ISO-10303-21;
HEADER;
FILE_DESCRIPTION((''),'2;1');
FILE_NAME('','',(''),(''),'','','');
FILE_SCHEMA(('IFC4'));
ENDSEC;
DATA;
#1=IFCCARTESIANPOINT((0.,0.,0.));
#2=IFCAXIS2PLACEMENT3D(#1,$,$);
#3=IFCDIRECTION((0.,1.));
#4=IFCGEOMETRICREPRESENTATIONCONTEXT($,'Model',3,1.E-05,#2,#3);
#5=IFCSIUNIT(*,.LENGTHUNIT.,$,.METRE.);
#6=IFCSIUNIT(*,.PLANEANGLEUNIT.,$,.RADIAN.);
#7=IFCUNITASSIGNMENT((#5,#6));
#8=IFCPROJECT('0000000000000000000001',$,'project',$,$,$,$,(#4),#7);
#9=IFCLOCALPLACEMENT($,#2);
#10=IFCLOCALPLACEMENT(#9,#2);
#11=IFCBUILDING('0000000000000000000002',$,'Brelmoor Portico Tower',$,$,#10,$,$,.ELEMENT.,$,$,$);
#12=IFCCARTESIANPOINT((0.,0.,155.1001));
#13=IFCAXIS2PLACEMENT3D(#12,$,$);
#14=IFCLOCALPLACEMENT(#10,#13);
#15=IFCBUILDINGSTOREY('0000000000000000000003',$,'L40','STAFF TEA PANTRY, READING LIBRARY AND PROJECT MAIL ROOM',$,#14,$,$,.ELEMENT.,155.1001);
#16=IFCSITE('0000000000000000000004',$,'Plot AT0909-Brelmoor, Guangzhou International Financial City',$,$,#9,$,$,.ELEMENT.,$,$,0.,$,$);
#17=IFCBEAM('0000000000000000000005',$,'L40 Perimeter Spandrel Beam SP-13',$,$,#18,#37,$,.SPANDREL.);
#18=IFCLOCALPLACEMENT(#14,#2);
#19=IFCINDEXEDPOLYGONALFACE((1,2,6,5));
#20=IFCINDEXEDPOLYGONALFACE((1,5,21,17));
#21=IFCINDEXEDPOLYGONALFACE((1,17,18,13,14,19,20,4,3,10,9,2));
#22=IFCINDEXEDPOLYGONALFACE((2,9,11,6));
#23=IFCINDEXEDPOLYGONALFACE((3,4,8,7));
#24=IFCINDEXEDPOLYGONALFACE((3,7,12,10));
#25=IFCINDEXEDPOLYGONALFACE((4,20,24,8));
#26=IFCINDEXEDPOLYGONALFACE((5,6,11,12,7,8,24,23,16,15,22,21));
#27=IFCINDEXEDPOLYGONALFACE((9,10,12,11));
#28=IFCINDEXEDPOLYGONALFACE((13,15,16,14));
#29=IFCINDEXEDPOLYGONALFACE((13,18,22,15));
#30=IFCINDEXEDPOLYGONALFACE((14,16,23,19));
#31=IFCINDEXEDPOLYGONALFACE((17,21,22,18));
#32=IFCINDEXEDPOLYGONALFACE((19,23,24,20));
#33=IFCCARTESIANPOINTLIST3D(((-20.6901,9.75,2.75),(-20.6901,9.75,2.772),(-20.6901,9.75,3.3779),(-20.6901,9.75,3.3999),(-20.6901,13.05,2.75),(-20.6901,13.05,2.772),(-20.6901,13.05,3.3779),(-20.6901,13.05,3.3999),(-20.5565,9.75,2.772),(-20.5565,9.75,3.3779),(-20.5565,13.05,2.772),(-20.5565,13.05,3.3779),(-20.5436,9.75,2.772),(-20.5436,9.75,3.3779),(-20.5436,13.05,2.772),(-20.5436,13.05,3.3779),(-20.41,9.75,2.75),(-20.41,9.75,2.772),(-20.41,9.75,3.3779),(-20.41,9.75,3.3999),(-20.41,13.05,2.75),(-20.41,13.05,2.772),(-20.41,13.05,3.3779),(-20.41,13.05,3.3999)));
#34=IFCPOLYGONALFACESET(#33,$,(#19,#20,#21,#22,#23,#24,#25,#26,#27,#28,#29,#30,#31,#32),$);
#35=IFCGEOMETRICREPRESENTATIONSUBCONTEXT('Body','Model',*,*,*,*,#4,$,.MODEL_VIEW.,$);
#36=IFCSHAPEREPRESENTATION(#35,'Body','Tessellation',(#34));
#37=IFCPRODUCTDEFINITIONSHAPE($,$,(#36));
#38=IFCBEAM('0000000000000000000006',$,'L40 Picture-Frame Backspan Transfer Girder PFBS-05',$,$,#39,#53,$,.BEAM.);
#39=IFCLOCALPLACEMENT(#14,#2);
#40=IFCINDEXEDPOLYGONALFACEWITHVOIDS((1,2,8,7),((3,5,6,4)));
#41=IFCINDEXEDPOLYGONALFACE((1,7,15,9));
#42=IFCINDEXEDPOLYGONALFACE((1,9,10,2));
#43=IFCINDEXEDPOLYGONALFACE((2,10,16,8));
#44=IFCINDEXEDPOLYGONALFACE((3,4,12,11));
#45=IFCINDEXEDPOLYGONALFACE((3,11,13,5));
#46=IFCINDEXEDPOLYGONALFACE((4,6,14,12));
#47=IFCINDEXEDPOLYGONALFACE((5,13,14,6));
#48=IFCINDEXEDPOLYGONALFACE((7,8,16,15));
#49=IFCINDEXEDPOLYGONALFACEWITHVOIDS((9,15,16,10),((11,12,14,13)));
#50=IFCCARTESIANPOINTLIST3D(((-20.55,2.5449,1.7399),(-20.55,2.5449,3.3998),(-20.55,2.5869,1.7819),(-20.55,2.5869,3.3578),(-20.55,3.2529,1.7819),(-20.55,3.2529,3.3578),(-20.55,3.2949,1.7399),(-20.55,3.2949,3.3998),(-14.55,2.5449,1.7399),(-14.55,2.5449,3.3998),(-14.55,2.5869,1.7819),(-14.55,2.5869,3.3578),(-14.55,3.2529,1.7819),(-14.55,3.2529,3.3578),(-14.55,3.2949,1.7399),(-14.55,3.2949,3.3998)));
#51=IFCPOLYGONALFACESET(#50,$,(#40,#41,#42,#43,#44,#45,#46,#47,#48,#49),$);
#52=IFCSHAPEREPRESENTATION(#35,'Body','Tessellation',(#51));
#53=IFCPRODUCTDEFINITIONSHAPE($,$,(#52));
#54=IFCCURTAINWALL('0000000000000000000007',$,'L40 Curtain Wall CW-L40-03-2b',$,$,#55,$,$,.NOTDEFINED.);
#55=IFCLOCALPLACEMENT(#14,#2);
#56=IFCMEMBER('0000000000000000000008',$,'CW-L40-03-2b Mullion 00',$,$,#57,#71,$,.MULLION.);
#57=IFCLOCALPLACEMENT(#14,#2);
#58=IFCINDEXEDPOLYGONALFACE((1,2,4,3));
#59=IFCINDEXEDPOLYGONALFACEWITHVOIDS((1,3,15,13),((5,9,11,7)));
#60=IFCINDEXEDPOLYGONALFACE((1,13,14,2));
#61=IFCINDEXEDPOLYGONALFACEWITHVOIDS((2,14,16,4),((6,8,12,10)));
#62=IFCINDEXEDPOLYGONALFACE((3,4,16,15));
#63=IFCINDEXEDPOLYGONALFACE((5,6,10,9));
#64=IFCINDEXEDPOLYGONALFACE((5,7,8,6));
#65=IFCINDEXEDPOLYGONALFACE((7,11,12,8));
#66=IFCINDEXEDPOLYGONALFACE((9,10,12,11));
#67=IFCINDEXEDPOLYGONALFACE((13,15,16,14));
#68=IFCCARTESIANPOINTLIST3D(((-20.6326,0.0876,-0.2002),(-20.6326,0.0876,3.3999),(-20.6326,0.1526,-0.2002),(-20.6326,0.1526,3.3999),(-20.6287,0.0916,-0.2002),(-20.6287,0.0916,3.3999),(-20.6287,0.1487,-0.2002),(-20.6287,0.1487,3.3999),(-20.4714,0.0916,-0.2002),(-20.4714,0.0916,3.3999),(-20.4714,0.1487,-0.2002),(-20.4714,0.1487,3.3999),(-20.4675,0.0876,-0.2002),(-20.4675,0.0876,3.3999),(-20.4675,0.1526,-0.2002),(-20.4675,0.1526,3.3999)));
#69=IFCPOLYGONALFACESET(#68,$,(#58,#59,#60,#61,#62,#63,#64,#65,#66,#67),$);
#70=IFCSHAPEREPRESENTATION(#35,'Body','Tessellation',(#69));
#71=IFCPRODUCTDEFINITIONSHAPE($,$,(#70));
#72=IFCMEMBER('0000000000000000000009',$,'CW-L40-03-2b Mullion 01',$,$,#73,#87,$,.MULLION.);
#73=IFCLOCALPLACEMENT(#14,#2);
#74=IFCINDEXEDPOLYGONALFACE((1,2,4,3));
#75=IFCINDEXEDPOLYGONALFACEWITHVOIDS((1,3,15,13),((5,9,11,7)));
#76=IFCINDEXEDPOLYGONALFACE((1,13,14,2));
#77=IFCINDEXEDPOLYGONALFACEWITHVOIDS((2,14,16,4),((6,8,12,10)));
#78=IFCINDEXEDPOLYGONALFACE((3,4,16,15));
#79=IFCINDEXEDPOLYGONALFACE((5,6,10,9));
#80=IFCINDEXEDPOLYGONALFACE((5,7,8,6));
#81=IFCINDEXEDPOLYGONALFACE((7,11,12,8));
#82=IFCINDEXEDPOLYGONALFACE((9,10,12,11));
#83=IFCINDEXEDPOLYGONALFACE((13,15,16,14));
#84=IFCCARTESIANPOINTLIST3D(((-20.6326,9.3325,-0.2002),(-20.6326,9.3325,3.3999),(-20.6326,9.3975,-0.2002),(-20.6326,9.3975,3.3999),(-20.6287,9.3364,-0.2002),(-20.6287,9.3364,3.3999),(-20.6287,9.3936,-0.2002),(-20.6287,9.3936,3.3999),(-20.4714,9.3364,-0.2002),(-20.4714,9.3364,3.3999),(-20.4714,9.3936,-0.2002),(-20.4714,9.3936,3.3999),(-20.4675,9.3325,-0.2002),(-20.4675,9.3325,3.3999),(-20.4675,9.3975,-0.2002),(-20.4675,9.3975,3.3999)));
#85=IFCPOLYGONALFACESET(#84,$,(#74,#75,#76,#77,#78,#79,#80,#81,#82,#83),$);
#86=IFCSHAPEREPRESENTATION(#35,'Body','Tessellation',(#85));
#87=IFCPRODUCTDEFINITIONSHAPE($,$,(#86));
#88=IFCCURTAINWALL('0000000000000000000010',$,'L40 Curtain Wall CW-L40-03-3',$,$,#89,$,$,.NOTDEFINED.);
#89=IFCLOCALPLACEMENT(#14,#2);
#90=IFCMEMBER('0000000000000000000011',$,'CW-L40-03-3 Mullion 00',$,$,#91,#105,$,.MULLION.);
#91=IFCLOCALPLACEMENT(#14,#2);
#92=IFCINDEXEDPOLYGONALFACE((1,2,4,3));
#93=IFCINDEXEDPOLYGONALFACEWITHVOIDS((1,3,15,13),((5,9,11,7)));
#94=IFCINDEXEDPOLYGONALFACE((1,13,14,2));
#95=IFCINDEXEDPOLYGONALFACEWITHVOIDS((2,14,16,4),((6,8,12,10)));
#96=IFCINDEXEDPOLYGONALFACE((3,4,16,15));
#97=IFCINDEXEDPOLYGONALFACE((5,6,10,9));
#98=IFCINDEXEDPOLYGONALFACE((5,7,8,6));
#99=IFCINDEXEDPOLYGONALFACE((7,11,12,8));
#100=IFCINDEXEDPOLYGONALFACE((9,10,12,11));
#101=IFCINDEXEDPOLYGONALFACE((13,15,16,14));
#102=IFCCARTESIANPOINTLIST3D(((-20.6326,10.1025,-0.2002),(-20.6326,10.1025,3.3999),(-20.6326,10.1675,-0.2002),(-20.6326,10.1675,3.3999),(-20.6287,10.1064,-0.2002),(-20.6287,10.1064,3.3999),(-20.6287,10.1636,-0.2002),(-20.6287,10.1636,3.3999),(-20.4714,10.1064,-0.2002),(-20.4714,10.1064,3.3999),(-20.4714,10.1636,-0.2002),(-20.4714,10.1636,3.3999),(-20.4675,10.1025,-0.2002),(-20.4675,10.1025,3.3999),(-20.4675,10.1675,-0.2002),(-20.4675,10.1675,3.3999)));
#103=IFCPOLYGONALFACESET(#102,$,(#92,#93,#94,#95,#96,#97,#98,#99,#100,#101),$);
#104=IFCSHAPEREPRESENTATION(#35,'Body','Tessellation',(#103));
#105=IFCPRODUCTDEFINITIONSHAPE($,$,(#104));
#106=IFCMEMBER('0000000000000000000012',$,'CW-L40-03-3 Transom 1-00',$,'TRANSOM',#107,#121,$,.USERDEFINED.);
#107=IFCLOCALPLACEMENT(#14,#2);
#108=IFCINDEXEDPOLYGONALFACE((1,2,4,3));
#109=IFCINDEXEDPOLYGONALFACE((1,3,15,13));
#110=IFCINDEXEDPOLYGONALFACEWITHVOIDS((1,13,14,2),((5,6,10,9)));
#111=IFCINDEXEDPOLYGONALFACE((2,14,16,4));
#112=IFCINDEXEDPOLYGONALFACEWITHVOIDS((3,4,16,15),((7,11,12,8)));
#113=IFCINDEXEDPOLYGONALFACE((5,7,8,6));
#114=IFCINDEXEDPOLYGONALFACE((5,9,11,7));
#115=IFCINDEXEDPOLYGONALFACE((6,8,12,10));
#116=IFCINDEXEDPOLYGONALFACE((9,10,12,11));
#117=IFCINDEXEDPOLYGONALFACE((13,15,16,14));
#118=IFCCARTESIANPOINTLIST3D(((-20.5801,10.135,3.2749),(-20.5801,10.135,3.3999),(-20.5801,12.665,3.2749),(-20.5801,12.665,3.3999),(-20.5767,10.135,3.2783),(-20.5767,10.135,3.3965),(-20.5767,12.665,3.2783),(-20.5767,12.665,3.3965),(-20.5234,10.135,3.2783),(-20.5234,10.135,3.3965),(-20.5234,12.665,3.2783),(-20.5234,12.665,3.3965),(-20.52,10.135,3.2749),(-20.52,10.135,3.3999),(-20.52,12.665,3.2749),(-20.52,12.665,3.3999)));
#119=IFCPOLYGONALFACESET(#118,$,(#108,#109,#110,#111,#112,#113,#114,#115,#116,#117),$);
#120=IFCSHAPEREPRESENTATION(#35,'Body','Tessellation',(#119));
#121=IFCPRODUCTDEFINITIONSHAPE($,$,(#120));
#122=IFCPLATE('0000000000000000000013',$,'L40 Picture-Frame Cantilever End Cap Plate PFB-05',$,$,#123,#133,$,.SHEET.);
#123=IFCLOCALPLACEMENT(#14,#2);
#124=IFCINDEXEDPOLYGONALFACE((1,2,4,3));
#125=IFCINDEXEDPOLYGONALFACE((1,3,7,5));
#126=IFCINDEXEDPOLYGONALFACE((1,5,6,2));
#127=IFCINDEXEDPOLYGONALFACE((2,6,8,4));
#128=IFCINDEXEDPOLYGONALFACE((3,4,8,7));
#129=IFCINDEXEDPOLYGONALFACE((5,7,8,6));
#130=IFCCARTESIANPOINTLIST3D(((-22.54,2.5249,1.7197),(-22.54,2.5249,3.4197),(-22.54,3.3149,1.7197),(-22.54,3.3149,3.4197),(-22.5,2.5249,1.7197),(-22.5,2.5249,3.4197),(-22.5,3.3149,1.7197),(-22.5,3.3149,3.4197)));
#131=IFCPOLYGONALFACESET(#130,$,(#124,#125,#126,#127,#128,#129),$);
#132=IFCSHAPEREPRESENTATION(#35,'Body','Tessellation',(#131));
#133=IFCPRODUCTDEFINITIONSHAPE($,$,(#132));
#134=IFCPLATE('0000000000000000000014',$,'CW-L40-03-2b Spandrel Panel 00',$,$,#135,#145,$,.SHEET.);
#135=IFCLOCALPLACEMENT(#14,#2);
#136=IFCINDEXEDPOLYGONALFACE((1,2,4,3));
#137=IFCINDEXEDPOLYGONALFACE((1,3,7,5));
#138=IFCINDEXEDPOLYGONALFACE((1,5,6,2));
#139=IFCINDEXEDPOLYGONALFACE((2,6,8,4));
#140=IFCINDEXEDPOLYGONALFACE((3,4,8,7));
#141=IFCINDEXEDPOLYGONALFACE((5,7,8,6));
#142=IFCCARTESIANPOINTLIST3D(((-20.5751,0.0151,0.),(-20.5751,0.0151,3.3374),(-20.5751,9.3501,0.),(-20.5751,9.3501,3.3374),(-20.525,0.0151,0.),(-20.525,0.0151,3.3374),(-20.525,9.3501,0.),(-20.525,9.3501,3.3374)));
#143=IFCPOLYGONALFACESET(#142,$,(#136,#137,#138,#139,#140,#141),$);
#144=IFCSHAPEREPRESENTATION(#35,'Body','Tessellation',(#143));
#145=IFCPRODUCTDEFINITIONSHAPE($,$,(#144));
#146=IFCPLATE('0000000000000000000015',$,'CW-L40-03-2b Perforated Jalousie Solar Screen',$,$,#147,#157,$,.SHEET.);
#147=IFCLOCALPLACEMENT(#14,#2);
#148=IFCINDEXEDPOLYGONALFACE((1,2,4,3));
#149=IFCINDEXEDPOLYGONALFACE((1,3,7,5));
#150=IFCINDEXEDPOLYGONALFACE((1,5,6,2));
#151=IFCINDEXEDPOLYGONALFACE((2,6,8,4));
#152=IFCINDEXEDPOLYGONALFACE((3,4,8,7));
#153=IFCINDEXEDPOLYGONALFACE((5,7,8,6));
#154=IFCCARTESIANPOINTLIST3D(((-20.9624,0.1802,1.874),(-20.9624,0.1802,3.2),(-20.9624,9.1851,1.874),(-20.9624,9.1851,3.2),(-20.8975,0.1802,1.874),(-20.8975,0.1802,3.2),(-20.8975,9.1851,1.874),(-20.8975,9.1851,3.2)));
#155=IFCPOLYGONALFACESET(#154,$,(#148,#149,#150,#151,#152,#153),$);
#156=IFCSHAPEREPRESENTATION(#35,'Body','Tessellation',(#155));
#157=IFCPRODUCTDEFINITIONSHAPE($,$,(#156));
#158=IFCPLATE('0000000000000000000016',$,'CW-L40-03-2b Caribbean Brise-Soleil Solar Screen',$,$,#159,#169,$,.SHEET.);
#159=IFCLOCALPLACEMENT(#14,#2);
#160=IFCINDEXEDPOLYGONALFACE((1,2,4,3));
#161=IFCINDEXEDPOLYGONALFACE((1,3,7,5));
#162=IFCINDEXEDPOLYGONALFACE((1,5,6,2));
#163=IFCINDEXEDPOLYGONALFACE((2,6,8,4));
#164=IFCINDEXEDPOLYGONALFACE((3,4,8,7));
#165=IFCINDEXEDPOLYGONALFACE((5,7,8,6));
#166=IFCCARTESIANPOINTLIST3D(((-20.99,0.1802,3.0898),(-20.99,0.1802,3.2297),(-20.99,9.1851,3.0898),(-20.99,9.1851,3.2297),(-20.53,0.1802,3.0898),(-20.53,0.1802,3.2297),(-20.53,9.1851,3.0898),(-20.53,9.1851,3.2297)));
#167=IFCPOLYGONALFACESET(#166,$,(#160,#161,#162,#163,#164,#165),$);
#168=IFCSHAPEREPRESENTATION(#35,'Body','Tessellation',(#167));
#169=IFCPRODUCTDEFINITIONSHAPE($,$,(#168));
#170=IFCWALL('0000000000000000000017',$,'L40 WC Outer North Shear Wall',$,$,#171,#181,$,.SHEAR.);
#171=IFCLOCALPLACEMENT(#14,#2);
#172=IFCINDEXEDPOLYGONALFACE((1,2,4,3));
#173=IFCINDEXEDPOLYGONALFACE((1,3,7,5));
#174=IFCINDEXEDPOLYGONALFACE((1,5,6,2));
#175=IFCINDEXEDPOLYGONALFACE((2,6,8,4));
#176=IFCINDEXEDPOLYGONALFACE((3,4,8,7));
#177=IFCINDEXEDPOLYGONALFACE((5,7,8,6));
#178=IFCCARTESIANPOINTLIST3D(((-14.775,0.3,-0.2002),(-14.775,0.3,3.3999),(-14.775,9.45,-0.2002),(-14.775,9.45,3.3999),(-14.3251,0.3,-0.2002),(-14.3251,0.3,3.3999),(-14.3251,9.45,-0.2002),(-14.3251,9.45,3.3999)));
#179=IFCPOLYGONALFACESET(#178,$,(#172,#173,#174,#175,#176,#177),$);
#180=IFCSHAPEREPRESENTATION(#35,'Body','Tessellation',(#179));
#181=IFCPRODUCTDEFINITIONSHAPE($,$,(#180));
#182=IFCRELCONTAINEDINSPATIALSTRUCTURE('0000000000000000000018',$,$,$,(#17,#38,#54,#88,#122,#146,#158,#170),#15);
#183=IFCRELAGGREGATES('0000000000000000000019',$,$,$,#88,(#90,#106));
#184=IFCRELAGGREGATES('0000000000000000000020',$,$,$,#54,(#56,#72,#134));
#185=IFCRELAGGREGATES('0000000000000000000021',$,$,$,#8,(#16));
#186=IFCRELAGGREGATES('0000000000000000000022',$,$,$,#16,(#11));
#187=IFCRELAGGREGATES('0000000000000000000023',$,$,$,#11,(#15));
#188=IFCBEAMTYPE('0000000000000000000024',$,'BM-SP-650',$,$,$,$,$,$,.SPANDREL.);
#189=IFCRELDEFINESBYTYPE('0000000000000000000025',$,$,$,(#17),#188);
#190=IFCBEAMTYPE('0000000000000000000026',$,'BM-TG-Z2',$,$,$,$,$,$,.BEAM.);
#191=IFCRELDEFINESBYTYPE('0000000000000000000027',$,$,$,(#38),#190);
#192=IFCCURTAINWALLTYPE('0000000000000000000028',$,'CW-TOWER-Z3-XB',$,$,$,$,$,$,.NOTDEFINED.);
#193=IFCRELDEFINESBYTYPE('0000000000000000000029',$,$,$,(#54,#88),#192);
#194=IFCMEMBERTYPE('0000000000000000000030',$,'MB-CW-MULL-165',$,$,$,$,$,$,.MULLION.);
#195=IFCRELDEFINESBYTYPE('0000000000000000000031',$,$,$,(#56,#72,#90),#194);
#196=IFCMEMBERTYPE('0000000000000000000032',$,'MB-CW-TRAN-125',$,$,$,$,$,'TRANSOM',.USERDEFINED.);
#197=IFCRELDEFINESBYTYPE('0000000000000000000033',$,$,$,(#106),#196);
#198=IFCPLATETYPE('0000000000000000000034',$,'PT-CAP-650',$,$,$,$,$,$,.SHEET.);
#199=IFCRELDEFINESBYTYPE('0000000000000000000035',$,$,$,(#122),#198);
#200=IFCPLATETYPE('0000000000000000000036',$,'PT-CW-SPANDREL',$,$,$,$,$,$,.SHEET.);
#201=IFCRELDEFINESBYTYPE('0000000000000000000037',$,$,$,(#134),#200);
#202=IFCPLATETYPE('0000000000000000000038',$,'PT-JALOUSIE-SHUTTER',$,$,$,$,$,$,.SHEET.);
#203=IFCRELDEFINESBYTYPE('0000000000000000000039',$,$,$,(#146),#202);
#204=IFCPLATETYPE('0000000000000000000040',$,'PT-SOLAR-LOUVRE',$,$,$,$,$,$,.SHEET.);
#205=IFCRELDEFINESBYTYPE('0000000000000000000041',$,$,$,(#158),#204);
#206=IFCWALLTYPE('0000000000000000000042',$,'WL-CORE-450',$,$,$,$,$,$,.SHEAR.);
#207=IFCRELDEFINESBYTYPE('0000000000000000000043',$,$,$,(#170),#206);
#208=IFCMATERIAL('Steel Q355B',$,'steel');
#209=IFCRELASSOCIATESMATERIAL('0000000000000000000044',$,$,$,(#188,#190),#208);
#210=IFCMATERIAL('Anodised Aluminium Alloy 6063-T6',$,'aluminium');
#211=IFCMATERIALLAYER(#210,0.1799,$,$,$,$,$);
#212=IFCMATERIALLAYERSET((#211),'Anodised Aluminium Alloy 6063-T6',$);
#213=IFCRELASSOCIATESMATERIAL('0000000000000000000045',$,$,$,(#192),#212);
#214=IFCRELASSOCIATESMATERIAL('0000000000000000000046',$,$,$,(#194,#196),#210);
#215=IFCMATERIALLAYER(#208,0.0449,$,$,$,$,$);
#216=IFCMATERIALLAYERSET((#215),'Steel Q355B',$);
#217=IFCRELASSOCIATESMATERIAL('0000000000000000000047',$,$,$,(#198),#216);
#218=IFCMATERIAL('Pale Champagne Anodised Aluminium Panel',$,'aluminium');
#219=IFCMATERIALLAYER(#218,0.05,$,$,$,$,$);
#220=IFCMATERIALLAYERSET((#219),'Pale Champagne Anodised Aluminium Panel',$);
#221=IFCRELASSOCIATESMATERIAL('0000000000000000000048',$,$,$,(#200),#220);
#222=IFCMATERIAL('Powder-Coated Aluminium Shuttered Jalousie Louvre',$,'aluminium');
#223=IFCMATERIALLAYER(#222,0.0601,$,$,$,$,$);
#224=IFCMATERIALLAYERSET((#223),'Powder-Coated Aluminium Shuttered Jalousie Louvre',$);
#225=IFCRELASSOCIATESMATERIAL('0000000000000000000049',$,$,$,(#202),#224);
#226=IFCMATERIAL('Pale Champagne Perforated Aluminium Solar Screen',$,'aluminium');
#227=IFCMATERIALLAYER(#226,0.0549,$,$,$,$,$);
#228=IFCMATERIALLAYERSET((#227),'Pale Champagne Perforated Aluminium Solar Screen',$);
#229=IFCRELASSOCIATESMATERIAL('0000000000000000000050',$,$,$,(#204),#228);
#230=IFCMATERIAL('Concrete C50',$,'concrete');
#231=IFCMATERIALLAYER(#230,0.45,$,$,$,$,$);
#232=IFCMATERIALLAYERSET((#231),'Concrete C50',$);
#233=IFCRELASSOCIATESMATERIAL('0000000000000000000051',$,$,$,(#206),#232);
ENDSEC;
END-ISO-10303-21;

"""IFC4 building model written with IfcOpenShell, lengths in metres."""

from ifc_helpers import new_model, si_unit, direction, frame, frame_2d, origin, origin_2d, place, context, subcontext, project, spatial, rectangle, hollow_rectangle, i_section, extrude, material, layer, layer_set, material_profile, profile_set, type_object, element, aggregate, save


model = new_model("IFC4")

# Units and contexts
model_context = context("Model", 3, precision=1e-05, world=origin(), true_north=direction((0.0, 1.0)))
body_context = subcontext(model_context, "Body", "Model", "MODEL_VIEW")
ifc_project = project(units=[si_unit("LENGTHUNIT", "METRE"), si_unit("PLANEANGLEUNIT", "RADIAN")], contexts=[model_context])

# Site, building, storey
site_placement = place(None, origin())
site = spatial("IfcSite", under=ifc_project, at=site_placement, Name="Plot AT0909-Brelmoor, Guangzhou International Financial City", CompositionType="ELEMENT", RefElevation=0.0)
building_placement = place(site_placement, origin())
building = spatial("IfcBuilding", under=site, at=building_placement, Name="Brelmoor Portico Tower", CompositionType="ELEMENT")
storey_placement = place(building_placement, frame((0.0, 0.0, 155.1001)))
storey = spatial("IfcBuildingStorey", under=building, at=storey_placement, Name="L40", Description="STAFF TEA PANTRY, READING LIBRARY AND PROJECT MAIL ROOM", CompositionType="ELEMENT", Elevation=155.1001)

# Shared definitions
ifc_material_1 = material(Name="Steel Q355B", Category="steel")

# Beams
ifc_material_profile_1 = material_profile(ifc_material_1, i_section(OverallWidth=0.28, OverallDepth=0.6499, WebThickness=0.0129, FlangeThickness=0.022, at=origin_2d()), Name="HN 650x280x13x22")
ifc_profile_set_1 = profile_set([ifc_material_profile_1], Name="Steel Q355B")
beam_type_1 = type_object("IfcBeamType", Name="BM-SP-650", PredefinedType="SPANDREL", material=ifc_profile_set_1)
beam_1_placement = place(storey_placement, frame((-20.55, 9.75, 3.075), z_axis=(0.0, 1.0, 0.0), x_axis=(-1.0, 0.0, 0.0)))
element("IfcBeam", 1, at=beam_1_placement, inside=storey, type_object=beam_type_1, Name="L40 Perimeter Spandrel Beam SP-13", PredefinedType="SPANDREL", context=body_context, shape_type="SweptSolid", body=[
    extrude(i_section(OverallWidth=0.28, OverallDepth=0.6499, WebThickness=0.0129, FlangeThickness=0.022, at=origin_2d()), origin(), (0.0, 0.0, 1.0), 3.3),
])
ifc_material_profile_2 = material_profile(ifc_material_1, hollow_rectangle(XDim=0.75, YDim=1.6599, WallThickness=0.042, at=origin_2d()), Name="BOX 750x1660x42")
ifc_profile_set_2 = profile_set([ifc_material_profile_2], Name="Steel Q355B")
beam_type_2 = type_object("IfcBeamType", Name="BM-TG-Z2", PredefinedType="BEAM", material=ifc_profile_set_2)
beam_2_placement = place(storey_placement, frame((-20.55, 2.9199, 2.5698), z_axis=(1.0, 0.0, 0.0), x_axis=(0.0, 1.0, 0.0)))
element("IfcBeam", 2, at=beam_2_placement, inside=storey, type_object=beam_type_2, Name="L40 Picture-Frame Backspan Transfer Girder PFBS-05", PredefinedType="BEAM", context=body_context, shape_type="SweptSolid", body=[
    extrude(hollow_rectangle(XDim=0.75, YDim=1.6599, WallThickness=0.042, at=origin_2d()), origin(), (0.0, 0.0, 1.0), 6.0),
])

# Curtain walls, members
ifc_material_2 = material(Name="Anodised Aluminium Alloy 6063-T6", Category="aluminium")
ifc_layer_1 = layer(ifc_material_2, 0.1799)
ifc_layer_set_1 = layer_set([ifc_layer_1], Name="Anodised Aluminium Alloy 6063-T6")
curtain_wall_type = type_object("IfcCurtainWallType", Name="CW-TOWER-Z3-XB", PredefinedType="NOTDEFINED", material=ifc_layer_set_1)
curtain_wall_1_placement = place(storey_placement, origin())
curtain_wall_1 = element("IfcCurtainWall", 3, at=curtain_wall_1_placement, inside=storey, type_object=curtain_wall_type, Name="L40 Curtain Wall CW-L40-03-2b", PredefinedType="NOTDEFINED")
ifc_material_profile_3 = material_profile(ifc_material_2, hollow_rectangle(XDim=0.0649, YDim=0.165, WallThickness=0.0039, at=origin_2d()), Name="ALU MULLION 65x165")
ifc_profile_set_3 = profile_set([ifc_material_profile_3], Name="Anodised Aluminium Alloy 6063-T6")
member_type_1 = type_object("IfcMemberType", Name="MB-CW-MULL-165", PredefinedType="MULLION", material=ifc_profile_set_3)
member_1_placement = place(storey_placement, frame((-20.55, 0.1201, -0.2002), z_axis=(0.0, 0.0, 1.0), x_axis=(0.0, 1.0, 0.0)))
member_1 = element("IfcMember", 4, at=member_1_placement, type_object=member_type_1, Name="CW-L40-03-2b Mullion 00", PredefinedType="MULLION", context=body_context, shape_type="SweptSolid", body=[
    extrude(hollow_rectangle(XDim=0.0649, YDim=0.165, WallThickness=0.0039, at=origin_2d()), origin(), (0.0, 0.0, 1.0), 3.6001),
])
member_2_placement = place(storey_placement, frame((-20.55, 9.365, -0.2002), z_axis=(0.0, 0.0, 1.0), x_axis=(0.0, 1.0, 0.0)))
member_2 = element("IfcMember", 5, at=member_2_placement, type_object=member_type_1, Name="CW-L40-03-2b Mullion 01", PredefinedType="MULLION", context=body_context, shape_type="SweptSolid", body=[
    extrude(hollow_rectangle(XDim=0.0649, YDim=0.165, WallThickness=0.0039, at=origin_2d()), origin(), (0.0, 0.0, 1.0), 3.6001),
])
curtain_wall_2_placement = place(storey_placement, origin())
curtain_wall_2 = element("IfcCurtainWall", 6, at=curtain_wall_2_placement, inside=storey, type_object=curtain_wall_type, Name="L40 Curtain Wall CW-L40-03-3", PredefinedType="NOTDEFINED")
member_3_placement = place(storey_placement, frame((-20.55, 10.135, -0.2002), z_axis=(0.0, 0.0, 1.0), x_axis=(0.0, 1.0, 0.0)))
member_3 = element("IfcMember", 7, at=member_3_placement, type_object=member_type_1, Name="CW-L40-03-3 Mullion 00", PredefinedType="MULLION", context=body_context, shape_type="SweptSolid", body=[
    extrude(hollow_rectangle(XDim=0.0649, YDim=0.165, WallThickness=0.0039, at=origin_2d()), origin(), (0.0, 0.0, 1.0), 3.6001),
])
ifc_material_profile_4 = material_profile(ifc_material_2, hollow_rectangle(XDim=0.0601, YDim=0.125, WallThickness=0.0034, at=origin_2d()), Name="ALU TRANSOM 60x125")
ifc_profile_set_4 = profile_set([ifc_material_profile_4], Name="Anodised Aluminium Alloy 6063-T6")
member_type_2 = type_object("IfcMemberType", Name="MB-CW-TRAN-125", ElementType="TRANSOM", PredefinedType="USERDEFINED", material=ifc_profile_set_4)
member_4_placement = place(storey_placement, frame((-20.55, 10.135, 3.3374), z_axis=(0.0, 1.0, 0.0), x_axis=(-1.0, 0.0, 0.0)))
member_4 = element("IfcMember", 8, at=member_4_placement, type_object=member_type_2, Name="CW-L40-03-3 Transom 1-00", ObjectType="TRANSOM", PredefinedType="USERDEFINED", context=body_context, shape_type="SweptSolid", body=[
    extrude(hollow_rectangle(XDim=0.0601, YDim=0.125, WallThickness=0.0034, at=origin_2d()), origin(), (0.0, 0.0, 1.0), 2.53),
])
aggregate(curtain_wall_2, [member_3, member_4])

# Plates
ifc_layer_2 = layer(ifc_material_1, 0.0449)
ifc_layer_set_2 = layer_set([ifc_layer_2], Name="Steel Q355B")
plate_type_1 = type_object("IfcPlateType", Name="PT-CAP-650", PredefinedType="SHEET", material=ifc_layer_set_2)
plate_1_placement = place(storey_placement, frame((-22.52, 2.9199, 1.7197), z_axis=(0.0, 0.0, 1.0), x_axis=(1.0, 0.0, 0.0)))
element("IfcPlate", 9, at=plate_1_placement, inside=storey, type_object=plate_type_1, Name="L40 Picture-Frame Cantilever End Cap Plate PFB-05", PredefinedType="SHEET", context=body_context, shape_type="SweptSolid", body=[
    extrude(rectangle(XDim=0.04, YDim=0.79, at=origin_2d()), origin(), (0.0, 0.0, 1.0), 1.7),
])
ifc_material_3 = material(Name="Pale Champagne Anodised Aluminium Panel", Category="aluminium")
ifc_layer_3 = layer(ifc_material_3, 0.05)
ifc_layer_set_3 = layer_set([ifc_layer_3], Name="Pale Champagne Anodised Aluminium Panel")
plate_type_2 = type_object("IfcPlateType", Name="PT-CW-SPANDREL", PredefinedType="SHEET", material=ifc_layer_set_3)
plate_2_placement = place(storey_placement, frame((-20.55, 4.6826, 0.0), z_axis=(0.0, 0.0, 1.0), x_axis=(0.0, 1.0, 0.0)))
plate_2 = element("IfcPlate", 10, at=plate_2_placement, type_object=plate_type_2, Name="CW-L40-03-2b Spandrel Panel 00", PredefinedType="SHEET", context=body_context, shape_type="SweptSolid", body=[
    extrude(rectangle(XDim=9.335, YDim=0.05, at=origin_2d()), origin(), (0.0, 0.0, 1.0), 3.3374),
])
aggregate(curtain_wall_1, [member_1, member_2, plate_2])

# Plates
ifc_material_4 = material(Name="Powder-Coated Aluminium Shuttered Jalousie Louvre", Category="aluminium")
ifc_layer_4 = layer(ifc_material_4, 0.0601)
ifc_layer_set_4 = layer_set([ifc_layer_4], Name="Powder-Coated Aluminium Shuttered Jalousie Louvre")
plate_type_3 = type_object("IfcPlateType", Name="PT-JALOUSIE-SHUTTER", PredefinedType="SHEET", material=ifc_layer_set_4)
plate_3_placement = place(storey_placement, frame((-20.9299, 4.6826, 1.874), z_axis=(0.0, 0.0, 1.0), x_axis=(0.0, 1.0, 0.0)))
element("IfcPlate", 11, at=plate_3_placement, inside=storey, type_object=plate_type_3, Name="CW-L40-03-2b Perforated Jalousie Solar Screen", PredefinedType="SHEET", context=body_context, shape_type="SweptSolid", body=[
    extrude(rectangle(XDim=9.0049, YDim=0.0649, at=origin_2d()), origin(), (0.0, 0.0, 1.0), 1.3259),
])
ifc_material_5 = material(Name="Pale Champagne Perforated Aluminium Solar Screen", Category="aluminium")
ifc_layer_5 = layer(ifc_material_5, 0.0549)
ifc_layer_set_5 = layer_set([ifc_layer_5], Name="Pale Champagne Perforated Aluminium Solar Screen")
plate_type_4 = type_object("IfcPlateType", Name="PT-SOLAR-LOUVRE", PredefinedType="SHEET", material=ifc_layer_set_5)
plate_4_placement = place(storey_placement, frame((-20.76, 4.6826, 3.0898), z_axis=(0.0, 0.0, 1.0), x_axis=(0.0, 1.0, 0.0)))
element("IfcPlate", 12, at=plate_4_placement, inside=storey, type_object=plate_type_4, Name="CW-L40-03-2b Caribbean Brise-Soleil Solar Screen", PredefinedType="SHEET", context=body_context, shape_type="SweptSolid", body=[
    extrude(rectangle(XDim=9.0049, YDim=0.46, at=origin_2d()), origin(), (0.0, 0.0, 1.0), 0.1399),
])

# Wall
ifc_material_6 = material(Name="Concrete C50", Category="concrete")
ifc_layer_6 = layer(ifc_material_6, 0.45)
ifc_layer_set_6 = layer_set([ifc_layer_6], Name="Concrete C50")
wall_type_1 = type_object("IfcWallType", Name="WL-CORE-450", PredefinedType="SHEAR", material=ifc_layer_set_6)
wall_1_placement = place(storey_placement, frame((-14.55, 0.3, -0.2002), z_axis=(0.0, 0.0, 1.0), x_axis=(0.0, 1.0, 0.0)))
element("IfcWall", 13, at=wall_1_placement, inside=storey, type_object=wall_type_1, Name="L40 WC Outer North Shear Wall", PredefinedType="SHEAR", context=body_context, shape_type="SweptSolid", body=[
    extrude(rectangle(XDim=9.1499, YDim=0.45, at=frame_2d((4.575, 0.0))), origin(), (0.0, 0.0, 1.0), 3.6001),
])

save(model, "model.ifc")
